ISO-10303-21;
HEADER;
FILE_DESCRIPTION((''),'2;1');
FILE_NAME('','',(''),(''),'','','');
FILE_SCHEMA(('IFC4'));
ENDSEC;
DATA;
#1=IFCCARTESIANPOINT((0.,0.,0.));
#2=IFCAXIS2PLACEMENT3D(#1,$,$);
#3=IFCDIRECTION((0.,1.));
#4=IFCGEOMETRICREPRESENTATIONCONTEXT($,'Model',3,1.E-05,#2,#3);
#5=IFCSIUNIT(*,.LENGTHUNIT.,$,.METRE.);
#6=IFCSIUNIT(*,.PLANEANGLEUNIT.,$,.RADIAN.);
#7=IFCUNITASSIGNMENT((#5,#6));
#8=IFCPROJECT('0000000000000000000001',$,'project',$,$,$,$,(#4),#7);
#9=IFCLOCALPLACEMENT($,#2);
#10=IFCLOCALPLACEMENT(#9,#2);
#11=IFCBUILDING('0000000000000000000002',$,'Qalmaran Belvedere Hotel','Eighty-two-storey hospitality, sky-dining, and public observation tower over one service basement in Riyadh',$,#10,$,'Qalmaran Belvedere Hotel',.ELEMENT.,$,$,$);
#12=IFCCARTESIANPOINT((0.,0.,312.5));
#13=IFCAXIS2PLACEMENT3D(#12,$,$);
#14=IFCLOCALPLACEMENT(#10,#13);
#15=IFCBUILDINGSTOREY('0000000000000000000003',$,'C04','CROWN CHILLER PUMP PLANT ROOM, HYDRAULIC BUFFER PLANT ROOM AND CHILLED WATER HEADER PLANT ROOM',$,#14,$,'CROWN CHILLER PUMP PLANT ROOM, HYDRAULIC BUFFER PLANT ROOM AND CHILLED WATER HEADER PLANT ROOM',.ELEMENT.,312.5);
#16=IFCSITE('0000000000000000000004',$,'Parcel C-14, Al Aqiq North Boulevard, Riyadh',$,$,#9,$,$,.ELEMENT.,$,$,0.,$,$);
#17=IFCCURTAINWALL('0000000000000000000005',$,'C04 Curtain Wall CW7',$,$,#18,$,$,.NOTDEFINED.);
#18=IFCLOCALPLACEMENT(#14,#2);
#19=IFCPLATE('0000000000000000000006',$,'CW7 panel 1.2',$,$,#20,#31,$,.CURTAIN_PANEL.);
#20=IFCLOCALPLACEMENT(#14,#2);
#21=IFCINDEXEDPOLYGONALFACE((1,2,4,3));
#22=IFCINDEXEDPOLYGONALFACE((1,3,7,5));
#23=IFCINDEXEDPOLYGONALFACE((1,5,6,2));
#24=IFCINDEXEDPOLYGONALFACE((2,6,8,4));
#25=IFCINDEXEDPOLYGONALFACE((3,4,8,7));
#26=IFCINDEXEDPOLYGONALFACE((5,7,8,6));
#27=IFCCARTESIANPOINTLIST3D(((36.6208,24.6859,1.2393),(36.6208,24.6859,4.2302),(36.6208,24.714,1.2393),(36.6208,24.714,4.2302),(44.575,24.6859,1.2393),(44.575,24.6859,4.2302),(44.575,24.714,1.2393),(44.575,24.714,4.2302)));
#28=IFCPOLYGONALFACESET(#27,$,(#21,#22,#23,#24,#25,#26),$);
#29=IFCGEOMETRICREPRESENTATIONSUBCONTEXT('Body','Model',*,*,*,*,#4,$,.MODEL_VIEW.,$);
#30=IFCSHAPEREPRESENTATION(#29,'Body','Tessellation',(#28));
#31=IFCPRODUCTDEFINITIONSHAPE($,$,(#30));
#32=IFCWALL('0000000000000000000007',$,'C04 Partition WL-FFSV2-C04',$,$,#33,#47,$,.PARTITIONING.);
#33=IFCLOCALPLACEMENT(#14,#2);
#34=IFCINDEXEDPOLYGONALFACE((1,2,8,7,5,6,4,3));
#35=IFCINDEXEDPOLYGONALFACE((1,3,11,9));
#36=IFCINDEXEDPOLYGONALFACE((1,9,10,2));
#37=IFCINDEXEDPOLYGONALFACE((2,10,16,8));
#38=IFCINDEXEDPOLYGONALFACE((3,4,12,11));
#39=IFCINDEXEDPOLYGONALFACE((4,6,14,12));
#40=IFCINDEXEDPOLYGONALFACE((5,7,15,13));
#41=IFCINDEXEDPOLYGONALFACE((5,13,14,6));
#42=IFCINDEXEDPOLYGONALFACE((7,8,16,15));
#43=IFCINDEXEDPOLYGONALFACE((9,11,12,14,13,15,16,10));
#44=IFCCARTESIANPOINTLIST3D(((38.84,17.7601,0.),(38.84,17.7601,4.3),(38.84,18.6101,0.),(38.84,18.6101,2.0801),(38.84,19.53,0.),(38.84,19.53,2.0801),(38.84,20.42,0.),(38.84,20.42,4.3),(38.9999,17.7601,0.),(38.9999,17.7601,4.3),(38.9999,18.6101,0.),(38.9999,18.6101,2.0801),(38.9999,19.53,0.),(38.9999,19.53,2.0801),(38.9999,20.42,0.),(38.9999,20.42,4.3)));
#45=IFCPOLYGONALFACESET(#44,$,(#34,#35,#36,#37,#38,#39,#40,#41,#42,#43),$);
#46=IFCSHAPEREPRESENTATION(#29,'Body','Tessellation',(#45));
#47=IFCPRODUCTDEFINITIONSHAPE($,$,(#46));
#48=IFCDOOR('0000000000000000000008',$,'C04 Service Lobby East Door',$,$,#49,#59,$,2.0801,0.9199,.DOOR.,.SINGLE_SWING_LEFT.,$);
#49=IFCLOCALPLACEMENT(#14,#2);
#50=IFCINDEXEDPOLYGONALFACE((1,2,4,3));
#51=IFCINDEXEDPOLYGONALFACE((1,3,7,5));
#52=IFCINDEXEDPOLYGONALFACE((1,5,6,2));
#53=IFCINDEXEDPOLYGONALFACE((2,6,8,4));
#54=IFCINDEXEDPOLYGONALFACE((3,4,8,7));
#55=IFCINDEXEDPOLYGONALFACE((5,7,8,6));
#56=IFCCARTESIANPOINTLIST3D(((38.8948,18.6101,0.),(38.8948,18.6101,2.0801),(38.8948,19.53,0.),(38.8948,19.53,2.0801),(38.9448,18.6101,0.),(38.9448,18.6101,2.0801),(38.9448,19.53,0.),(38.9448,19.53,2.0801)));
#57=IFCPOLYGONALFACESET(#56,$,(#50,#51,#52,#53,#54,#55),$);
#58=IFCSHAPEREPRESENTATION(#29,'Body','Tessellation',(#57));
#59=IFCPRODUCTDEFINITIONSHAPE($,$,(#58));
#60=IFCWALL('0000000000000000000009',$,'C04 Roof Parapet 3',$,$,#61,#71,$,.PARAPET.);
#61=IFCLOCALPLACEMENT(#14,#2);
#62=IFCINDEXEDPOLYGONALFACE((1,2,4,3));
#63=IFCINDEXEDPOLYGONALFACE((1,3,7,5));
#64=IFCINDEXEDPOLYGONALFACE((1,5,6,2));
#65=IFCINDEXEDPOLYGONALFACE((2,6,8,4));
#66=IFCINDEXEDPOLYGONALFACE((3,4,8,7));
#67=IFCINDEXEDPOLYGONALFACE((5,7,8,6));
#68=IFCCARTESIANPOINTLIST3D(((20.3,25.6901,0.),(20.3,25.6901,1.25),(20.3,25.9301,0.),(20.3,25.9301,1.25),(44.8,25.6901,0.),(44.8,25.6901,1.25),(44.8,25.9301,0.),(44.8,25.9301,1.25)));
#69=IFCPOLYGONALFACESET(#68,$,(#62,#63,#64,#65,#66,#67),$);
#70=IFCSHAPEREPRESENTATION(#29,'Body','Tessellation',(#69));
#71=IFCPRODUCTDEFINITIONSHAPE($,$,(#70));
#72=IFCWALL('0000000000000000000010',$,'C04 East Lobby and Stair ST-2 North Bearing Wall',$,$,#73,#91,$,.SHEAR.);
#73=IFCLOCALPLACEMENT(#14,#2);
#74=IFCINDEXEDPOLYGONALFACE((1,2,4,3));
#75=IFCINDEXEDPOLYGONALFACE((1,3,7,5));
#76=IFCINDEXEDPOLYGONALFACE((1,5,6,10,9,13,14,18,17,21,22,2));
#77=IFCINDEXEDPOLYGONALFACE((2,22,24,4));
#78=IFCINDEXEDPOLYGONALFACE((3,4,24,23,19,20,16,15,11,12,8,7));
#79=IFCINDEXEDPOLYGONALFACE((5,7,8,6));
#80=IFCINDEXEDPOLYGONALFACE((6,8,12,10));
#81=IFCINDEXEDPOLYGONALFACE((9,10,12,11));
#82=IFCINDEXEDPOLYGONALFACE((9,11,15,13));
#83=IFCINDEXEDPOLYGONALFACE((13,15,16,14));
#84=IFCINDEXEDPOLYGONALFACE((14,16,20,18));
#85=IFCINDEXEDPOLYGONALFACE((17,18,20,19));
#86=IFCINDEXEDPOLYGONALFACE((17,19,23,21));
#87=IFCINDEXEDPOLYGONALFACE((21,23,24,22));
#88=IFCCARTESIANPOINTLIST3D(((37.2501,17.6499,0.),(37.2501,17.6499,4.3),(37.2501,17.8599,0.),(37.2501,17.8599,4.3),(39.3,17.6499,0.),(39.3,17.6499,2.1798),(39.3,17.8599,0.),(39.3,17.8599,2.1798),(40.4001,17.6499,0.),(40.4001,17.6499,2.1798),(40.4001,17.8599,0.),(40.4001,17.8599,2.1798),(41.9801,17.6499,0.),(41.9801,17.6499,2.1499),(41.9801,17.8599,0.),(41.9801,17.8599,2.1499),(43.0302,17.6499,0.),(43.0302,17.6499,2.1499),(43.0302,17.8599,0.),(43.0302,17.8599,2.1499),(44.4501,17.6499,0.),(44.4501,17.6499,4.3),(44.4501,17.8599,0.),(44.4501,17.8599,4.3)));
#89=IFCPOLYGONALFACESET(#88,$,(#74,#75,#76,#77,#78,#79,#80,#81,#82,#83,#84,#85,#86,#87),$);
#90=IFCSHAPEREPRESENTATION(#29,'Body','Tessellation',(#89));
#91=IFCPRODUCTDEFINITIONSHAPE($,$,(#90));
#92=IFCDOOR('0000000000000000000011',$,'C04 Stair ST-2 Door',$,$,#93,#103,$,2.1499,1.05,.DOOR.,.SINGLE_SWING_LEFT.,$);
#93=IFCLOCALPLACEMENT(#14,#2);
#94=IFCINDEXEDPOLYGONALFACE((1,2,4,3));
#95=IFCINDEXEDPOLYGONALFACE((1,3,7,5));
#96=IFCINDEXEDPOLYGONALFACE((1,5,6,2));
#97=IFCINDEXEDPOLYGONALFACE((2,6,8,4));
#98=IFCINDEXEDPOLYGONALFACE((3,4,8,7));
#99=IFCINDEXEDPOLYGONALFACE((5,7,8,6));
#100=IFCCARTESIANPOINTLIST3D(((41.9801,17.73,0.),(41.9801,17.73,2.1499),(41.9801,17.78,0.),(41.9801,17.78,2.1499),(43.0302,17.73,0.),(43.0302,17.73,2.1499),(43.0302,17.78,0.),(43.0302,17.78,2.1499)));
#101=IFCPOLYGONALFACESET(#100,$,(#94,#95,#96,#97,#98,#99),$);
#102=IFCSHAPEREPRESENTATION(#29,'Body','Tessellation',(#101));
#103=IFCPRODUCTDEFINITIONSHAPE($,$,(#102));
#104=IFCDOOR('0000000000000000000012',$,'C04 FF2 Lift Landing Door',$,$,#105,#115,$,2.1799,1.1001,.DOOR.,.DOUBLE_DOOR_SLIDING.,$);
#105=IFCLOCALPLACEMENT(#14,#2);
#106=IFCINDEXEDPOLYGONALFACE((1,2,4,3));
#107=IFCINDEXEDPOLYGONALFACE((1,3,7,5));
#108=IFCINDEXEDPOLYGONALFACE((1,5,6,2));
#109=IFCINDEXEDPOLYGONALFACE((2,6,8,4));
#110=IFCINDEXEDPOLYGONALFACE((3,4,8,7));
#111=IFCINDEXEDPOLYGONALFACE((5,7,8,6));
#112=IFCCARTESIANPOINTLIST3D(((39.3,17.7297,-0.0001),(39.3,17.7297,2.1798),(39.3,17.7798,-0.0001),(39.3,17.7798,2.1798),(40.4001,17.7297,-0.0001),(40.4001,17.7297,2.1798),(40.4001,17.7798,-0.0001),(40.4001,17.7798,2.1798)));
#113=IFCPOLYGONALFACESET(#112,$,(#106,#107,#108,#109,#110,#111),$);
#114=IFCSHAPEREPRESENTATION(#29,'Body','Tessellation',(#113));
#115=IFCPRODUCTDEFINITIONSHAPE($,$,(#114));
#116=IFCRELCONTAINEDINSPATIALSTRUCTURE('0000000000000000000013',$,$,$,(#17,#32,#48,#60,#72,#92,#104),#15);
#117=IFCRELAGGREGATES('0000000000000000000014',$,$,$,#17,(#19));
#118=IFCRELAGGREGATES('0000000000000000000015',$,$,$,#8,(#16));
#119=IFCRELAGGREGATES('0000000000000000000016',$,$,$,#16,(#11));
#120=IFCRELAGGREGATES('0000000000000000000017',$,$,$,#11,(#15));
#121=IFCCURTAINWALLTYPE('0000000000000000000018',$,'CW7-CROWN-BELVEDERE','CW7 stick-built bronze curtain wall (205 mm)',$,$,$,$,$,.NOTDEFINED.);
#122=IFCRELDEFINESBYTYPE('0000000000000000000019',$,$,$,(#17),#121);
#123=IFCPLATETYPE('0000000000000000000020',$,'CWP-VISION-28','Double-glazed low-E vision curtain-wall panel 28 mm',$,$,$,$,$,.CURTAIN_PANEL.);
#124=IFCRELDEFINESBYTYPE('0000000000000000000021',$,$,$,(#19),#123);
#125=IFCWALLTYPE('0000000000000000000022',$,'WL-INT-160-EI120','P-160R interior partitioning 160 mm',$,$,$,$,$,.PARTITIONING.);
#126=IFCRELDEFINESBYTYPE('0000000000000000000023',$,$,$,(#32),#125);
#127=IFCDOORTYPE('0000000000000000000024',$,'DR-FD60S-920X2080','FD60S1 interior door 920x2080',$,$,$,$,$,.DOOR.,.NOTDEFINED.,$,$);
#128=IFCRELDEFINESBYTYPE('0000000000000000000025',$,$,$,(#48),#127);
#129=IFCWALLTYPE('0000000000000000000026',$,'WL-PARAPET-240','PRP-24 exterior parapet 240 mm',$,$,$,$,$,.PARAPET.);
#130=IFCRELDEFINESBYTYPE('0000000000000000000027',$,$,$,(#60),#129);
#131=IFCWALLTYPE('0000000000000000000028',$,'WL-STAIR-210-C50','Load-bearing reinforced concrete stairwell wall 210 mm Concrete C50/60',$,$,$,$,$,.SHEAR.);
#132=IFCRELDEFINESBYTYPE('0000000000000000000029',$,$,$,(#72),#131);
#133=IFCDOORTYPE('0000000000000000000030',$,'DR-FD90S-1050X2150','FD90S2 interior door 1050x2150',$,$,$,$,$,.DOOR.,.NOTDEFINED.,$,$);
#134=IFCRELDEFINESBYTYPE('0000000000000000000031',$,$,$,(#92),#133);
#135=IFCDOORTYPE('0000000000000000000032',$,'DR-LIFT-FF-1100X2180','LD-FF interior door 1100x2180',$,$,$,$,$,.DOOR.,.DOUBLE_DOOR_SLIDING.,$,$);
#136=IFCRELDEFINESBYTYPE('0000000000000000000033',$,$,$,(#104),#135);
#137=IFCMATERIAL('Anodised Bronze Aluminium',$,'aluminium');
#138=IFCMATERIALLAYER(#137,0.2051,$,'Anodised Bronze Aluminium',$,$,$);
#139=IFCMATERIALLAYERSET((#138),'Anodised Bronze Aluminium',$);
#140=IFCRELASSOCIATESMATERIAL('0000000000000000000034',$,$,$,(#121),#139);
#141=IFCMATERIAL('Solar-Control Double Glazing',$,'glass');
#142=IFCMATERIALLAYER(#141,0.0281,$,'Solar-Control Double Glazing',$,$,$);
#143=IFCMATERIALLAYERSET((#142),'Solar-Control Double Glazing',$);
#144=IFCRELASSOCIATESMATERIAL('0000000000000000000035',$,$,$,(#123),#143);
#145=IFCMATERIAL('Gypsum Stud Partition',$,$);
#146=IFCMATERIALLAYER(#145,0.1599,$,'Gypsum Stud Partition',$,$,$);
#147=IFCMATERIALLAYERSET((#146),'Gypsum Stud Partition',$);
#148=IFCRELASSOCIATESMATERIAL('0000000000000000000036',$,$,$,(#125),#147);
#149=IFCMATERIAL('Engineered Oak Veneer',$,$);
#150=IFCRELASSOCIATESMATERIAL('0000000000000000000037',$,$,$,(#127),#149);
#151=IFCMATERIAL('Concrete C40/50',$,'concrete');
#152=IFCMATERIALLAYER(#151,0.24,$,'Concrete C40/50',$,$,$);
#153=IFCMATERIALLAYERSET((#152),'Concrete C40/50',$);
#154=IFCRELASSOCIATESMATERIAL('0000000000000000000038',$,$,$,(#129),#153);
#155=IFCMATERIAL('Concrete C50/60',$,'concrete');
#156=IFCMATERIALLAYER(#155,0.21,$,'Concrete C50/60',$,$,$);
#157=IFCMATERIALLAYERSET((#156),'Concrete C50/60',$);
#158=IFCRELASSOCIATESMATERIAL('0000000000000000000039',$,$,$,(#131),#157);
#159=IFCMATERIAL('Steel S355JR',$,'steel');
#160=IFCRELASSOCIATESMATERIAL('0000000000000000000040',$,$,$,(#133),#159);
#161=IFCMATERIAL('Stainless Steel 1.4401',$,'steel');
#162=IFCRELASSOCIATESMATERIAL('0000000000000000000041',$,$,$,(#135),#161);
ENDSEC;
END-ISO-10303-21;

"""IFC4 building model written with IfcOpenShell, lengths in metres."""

from ifc_helpers import new_model, si_unit, direction, frame, frame_2d, origin, origin_2d, place, context, subcontext, project, spatial, rectangle, extrude, material, layer, layer_set, type_object, element, fill, aggregate, save


model = new_model("IFC4")

# Units and contexts
model_context = context("Model", 3, precision=1e-05, world=origin(), true_north=direction((0.0, 1.0)))
body_context = subcontext(model_context, "Body", "Model", "MODEL_VIEW")
ifc_project = project(units=[si_unit("LENGTHUNIT", "METRE"), si_unit("PLANEANGLEUNIT", "RADIAN")], contexts=[model_context])

# Site, building, storey
site_placement = place(None, origin())
site = spatial("IfcSite", under=ifc_project, at=site_placement, Name="Parcel C-14, Al Aqiq North Boulevard, Riyadh", CompositionType="ELEMENT", RefElevation=0.0)
building_placement = place(site_placement, origin())
building = spatial("IfcBuilding", under=site, at=building_placement, Name="Qalmaran Belvedere Hotel", Description="Eighty-two-storey hospitality, sky-dining, and public observation tower over one service basement in Riyadh", LongName="Qalmaran Belvedere Hotel", CompositionType="ELEMENT")
storey_placement = place(building_placement, frame((0.0, 0.0, 312.5)))
storey = spatial("IfcBuildingStorey", under=building, at=storey_placement, Name="C04", Description="CROWN CHILLER PUMP PLANT ROOM, HYDRAULIC BUFFER PLANT ROOM AND CHILLED WATER HEADER PLANT ROOM", LongName="CROWN CHILLER PUMP PLANT ROOM, HYDRAULIC BUFFER PLANT ROOM AND CHILLED WATER HEADER PLANT ROOM", CompositionType="ELEMENT", Elevation=312.5)

# Shared definitions
ifc_material_1 = material(Name="Concrete C50/60", Category="concrete")

# Shared definitions
ifc_material_2 = material(Name="Steel S355JR", Category="steel")

# Curtain wall, plate
ifc_material_3 = material(Name="Anodised Bronze Aluminium", Category="aluminium")
ifc_layer_1 = layer(ifc_material_3, 0.2051, Name="Anodised Bronze Aluminium")
ifc_layer_set_1 = layer_set([ifc_layer_1], Name="Anodised Bronze Aluminium")
curtain_wall_type = type_object("IfcCurtainWallType", Name="CW7-CROWN-BELVEDERE", Description="CW7 stick-built bronze curtain wall (205 mm)", PredefinedType="NOTDEFINED", material=ifc_layer_set_1)
curtain_wall_placement = place(storey_placement, origin())
curtain_wall = element("IfcCurtainWall", 1, at=curtain_wall_placement, inside=storey, type_object=curtain_wall_type, Name="C04 Curtain Wall CW7", PredefinedType="NOTDEFINED")
ifc_material_4 = material(Name="Solar-Control Double Glazing", Category="glass")
ifc_layer_2 = layer(ifc_material_4, 0.0281, Name="Solar-Control Double Glazing")
ifc_layer_set_2 = layer_set([ifc_layer_2], Name="Solar-Control Double Glazing")
plate_type_1 = type_object("IfcPlateType", Name="CWP-VISION-28", Description="Double-glazed low-E vision curtain-wall panel 28 mm", PredefinedType="CURTAIN_PANEL", material=ifc_layer_set_2)
plate_1_placement = place(storey_placement, frame((40.5979, 24.7, 1.2393), z_axis=(0.0, 0.0, 1.0), x_axis=(-1.0, 0.0, 0.0)))
plate_1 = element("IfcPlate", 2, at=plate_1_placement, type_object=plate_type_1, Name="CW7 panel 1.2", PredefinedType="CURTAIN_PANEL", context=body_context, shape_type="SweptSolid", body=[
    extrude(rectangle(XDim=7.9541, YDim=0.0281, at=origin_2d()), origin(), (0.0, 0.0, 1.0), 2.991),
])
aggregate(curtain_wall, [plate_1])

# Wall, opening, door
ifc_material_5 = material(Name="Gypsum Stud Partition")
ifc_layer_3 = layer(ifc_material_5, 0.1599, Name="Gypsum Stud Partition")
ifc_layer_set_3 = layer_set([ifc_layer_3], Name="Gypsum Stud Partition")
wall_type_1 = type_object("IfcWallType", Name="WL-INT-160-EI120", Description="P-160R interior partitioning 160 mm", PredefinedType="PARTITIONING", material=ifc_layer_set_3)
wall_1_placement = place(storey_placement, frame((38.9199, 17.76, 0.0), z_axis=(0.0, 0.0, 1.0), x_axis=(0.0, 1.0, 0.0)))
wall_1 = element("IfcWall", 3, at=wall_1_placement, inside=storey, type_object=wall_type_1, Name="C04 Partition WL-FFSV2-C04", PredefinedType="PARTITIONING", context=body_context, shape_type="SweptSolid", body=[
    extrude(rectangle(XDim=2.6599, YDim=0.1599, at=frame_2d((1.3301, 0.0))), origin(), (0.0, 0.0, 1.0), 4.3),
])
opening_1_placement = place(wall_1_placement, frame((1.77, 0.0, 0.0), z_axis=(0.0, 0.0, 1.0), x_axis=(-1.0, 0.0, 0.0)))
opening_1 = element("IfcOpeningElement", 4, at=opening_1_placement, cuts=wall_1, PredefinedType="OPENING", context=body_context, shape_type="SweptSolid", body=[
    extrude(rectangle(XDim=0.9199, YDim=2.0801, at=frame_2d((0.46, 1.04))), frame((0.0, 0.0898, 0.0), z_axis=(0.0, -1.0, 0.0), x_axis=(1.0, 0.0, 0.0)), (0.0, 0.0, 1.0), 0.1799),
])
ifc_material_6 = material(Name="Engineered Oak Veneer")
door_type_1 = type_object("IfcDoorType", Name="DR-FD60S-920X2080", Description="FD60S1 interior door 920x2080", OperationType="NOTDEFINED", PredefinedType="DOOR", material=ifc_material_6)
door_1_placement = place(opening_1_placement, origin())
door_1 = element("IfcDoor", 5, at=door_1_placement, inside=storey, type_object=door_type_1, Name="C04 Service Lobby East Door", OperationType="SINGLE_SWING_LEFT", OverallHeight=2.0801, OverallWidth=0.9199, PredefinedType="DOOR", context=body_context, shape_type="SweptSolid", body=[
    extrude(rectangle(XDim=0.9199, YDim=2.0801, at=frame_2d((0.46, 1.04))), frame((0.0, 0.0249, 0.0), z_axis=(0.0, -1.0, 0.0), x_axis=(1.0, 0.0, 0.0)), (0.0, 0.0, 1.0), 0.05),
])
fill(opening_1, door_1)

# Wall
ifc_material_7 = material(Name="Concrete C40/50", Category="concrete")
ifc_layer_4 = layer(ifc_material_7, 0.24, Name="Concrete C40/50")
ifc_layer_set_4 = layer_set([ifc_layer_4], Name="Concrete C40/50")
wall_type_2 = type_object("IfcWallType", Name="WL-PARAPET-240", Description="PRP-24 exterior parapet 240 mm", PredefinedType="PARAPET", material=ifc_layer_set_4)
wall_2_placement = place(storey_placement, frame((44.8, 25.8101, 0.0), z_axis=(0.0, 0.0, 1.0), x_axis=(-1.0, 0.0, 0.0)))
element("IfcWall", 6, at=wall_2_placement, inside=storey, type_object=wall_type_2, Name="C04 Roof Parapet 3", PredefinedType="PARAPET", context=body_context, shape_type="SweptSolid", body=[
    extrude(rectangle(XDim=24.5, YDim=0.24, at=frame_2d((12.25, 0.0))), origin(), (0.0, 0.0, 1.0), 1.25),
])

# Wall, openings, doors
ifc_layer_5 = layer(ifc_material_1, 0.21, Name="Concrete C50/60")
ifc_layer_set_5 = layer_set([ifc_layer_5], Name="Concrete C50/60")
wall_type_3 = type_object("IfcWallType", Name="WL-STAIR-210-C50", Description="Load-bearing reinforced concrete stairwell wall 210 mm Concrete C50/60", PredefinedType="SHEAR", material=ifc_layer_set_5)
wall_3_placement = place(storey_placement, frame((37.25, 17.7549, 0.0), z_axis=(0.0, 0.0, 1.0), x_axis=(1.0, 0.0, 0.0)))
wall_3 = element("IfcWall", 7, at=wall_3_placement, inside=storey, type_object=wall_type_3, Name="C04 East Lobby and Stair ST-2 North Bearing Wall", PredefinedType="SHEAR", context=body_context, shape_type="SweptSolid", body=[
    extrude(rectangle(XDim=7.2, YDim=0.21, at=frame_2d((3.6001, 0.0))), origin(), (0.0, 0.0, 1.0), 4.3),
])
opening_2_placement = place(wall_3_placement, frame((2.05, 0.0, 0.0)))
opening_2 = element("IfcOpeningElement", 8, at=opening_2_placement, cuts=wall_3, PredefinedType="OPENING", context=body_context, shape_type="SweptSolid", body=[
    extrude(rectangle(XDim=1.1001, YDim=2.1799, at=frame_2d((0.55, 1.0898))), frame((0.0, 0.115, 0.0), z_axis=(0.0, -1.0, 0.0), x_axis=(1.0, 0.0, 0.0)), (0.0, 0.0, 1.0), 0.23),
])
opening_3_placement = place(wall_3_placement, frame((5.78, 0.0, 0.0), z_axis=(0.0, 0.0, 1.0), x_axis=(-1.0, 0.0, 0.0)))
opening_3 = element("IfcOpeningElement", 9, at=opening_3_placement, cuts=wall_3, PredefinedType="OPENING", context=body_context, shape_type="SweptSolid", body=[
    extrude(rectangle(XDim=1.05, YDim=2.1499, at=frame_2d((0.5249, 1.075))), frame((0.0, 0.115, 0.0), z_axis=(0.0, -1.0, 0.0), x_axis=(1.0, 0.0, 0.0)), (0.0, 0.0, 1.0), 0.23),
])
door_type_2 = type_object("IfcDoorType", Name="DR-FD90S-1050X2150", Description="FD90S2 interior door 1050x2150", OperationType="NOTDEFINED", PredefinedType="DOOR", material=ifc_material_2)
door_2_placement = place(opening_3_placement, origin())
door_2 = element("IfcDoor", 10, at=door_2_placement, inside=storey, type_object=door_type_2, Name="C04 Stair ST-2 Door", OperationType="SINGLE_SWING_LEFT", OverallHeight=2.1499, OverallWidth=1.05, PredefinedType="DOOR", context=body_context, shape_type="SweptSolid", body=[
    extrude(rectangle(XDim=1.05, YDim=2.1499, at=frame_2d((0.5249, 1.075))), frame((0.0, 0.0249, 0.0), z_axis=(0.0, -1.0, 0.0), x_axis=(1.0, 0.0, 0.0)), (0.0, 0.0, 1.0), 0.05),
])
fill(opening_3, door_2)
ifc_material_8 = material(Name="Stainless Steel 1.4401", Category="steel")
door_type_3 = type_object("IfcDoorType", Name="DR-LIFT-FF-1100X2180", Description="LD-FF interior door 1100x2180", OperationType="DOUBLE_DOOR_SLIDING", PredefinedType="DOOR", material=ifc_material_8)
door_3_placement = place(opening_2_placement, origin())
door_3 = element("IfcDoor", 11, at=door_3_placement, inside=storey, type_object=door_type_3, Name="C04 FF2 Lift Landing Door", OperationType="DOUBLE_DOOR_SLIDING", OverallHeight=2.1799, OverallWidth=1.1001, PredefinedType="DOOR", context=body_context, shape_type="SweptSolid", body=[
    extrude(rectangle(XDim=1.1001, YDim=2.1799, at=frame_2d((0.55, 1.0898))), frame((0.0, 0.0249, 0.0), z_axis=(0.0, -1.0, 0.0), x_axis=(1.0, 0.0, 0.0)), (0.0, 0.0, 1.0), 0.05),
])
fill(opening_2, door_3)

save(model, "model.ifc")
